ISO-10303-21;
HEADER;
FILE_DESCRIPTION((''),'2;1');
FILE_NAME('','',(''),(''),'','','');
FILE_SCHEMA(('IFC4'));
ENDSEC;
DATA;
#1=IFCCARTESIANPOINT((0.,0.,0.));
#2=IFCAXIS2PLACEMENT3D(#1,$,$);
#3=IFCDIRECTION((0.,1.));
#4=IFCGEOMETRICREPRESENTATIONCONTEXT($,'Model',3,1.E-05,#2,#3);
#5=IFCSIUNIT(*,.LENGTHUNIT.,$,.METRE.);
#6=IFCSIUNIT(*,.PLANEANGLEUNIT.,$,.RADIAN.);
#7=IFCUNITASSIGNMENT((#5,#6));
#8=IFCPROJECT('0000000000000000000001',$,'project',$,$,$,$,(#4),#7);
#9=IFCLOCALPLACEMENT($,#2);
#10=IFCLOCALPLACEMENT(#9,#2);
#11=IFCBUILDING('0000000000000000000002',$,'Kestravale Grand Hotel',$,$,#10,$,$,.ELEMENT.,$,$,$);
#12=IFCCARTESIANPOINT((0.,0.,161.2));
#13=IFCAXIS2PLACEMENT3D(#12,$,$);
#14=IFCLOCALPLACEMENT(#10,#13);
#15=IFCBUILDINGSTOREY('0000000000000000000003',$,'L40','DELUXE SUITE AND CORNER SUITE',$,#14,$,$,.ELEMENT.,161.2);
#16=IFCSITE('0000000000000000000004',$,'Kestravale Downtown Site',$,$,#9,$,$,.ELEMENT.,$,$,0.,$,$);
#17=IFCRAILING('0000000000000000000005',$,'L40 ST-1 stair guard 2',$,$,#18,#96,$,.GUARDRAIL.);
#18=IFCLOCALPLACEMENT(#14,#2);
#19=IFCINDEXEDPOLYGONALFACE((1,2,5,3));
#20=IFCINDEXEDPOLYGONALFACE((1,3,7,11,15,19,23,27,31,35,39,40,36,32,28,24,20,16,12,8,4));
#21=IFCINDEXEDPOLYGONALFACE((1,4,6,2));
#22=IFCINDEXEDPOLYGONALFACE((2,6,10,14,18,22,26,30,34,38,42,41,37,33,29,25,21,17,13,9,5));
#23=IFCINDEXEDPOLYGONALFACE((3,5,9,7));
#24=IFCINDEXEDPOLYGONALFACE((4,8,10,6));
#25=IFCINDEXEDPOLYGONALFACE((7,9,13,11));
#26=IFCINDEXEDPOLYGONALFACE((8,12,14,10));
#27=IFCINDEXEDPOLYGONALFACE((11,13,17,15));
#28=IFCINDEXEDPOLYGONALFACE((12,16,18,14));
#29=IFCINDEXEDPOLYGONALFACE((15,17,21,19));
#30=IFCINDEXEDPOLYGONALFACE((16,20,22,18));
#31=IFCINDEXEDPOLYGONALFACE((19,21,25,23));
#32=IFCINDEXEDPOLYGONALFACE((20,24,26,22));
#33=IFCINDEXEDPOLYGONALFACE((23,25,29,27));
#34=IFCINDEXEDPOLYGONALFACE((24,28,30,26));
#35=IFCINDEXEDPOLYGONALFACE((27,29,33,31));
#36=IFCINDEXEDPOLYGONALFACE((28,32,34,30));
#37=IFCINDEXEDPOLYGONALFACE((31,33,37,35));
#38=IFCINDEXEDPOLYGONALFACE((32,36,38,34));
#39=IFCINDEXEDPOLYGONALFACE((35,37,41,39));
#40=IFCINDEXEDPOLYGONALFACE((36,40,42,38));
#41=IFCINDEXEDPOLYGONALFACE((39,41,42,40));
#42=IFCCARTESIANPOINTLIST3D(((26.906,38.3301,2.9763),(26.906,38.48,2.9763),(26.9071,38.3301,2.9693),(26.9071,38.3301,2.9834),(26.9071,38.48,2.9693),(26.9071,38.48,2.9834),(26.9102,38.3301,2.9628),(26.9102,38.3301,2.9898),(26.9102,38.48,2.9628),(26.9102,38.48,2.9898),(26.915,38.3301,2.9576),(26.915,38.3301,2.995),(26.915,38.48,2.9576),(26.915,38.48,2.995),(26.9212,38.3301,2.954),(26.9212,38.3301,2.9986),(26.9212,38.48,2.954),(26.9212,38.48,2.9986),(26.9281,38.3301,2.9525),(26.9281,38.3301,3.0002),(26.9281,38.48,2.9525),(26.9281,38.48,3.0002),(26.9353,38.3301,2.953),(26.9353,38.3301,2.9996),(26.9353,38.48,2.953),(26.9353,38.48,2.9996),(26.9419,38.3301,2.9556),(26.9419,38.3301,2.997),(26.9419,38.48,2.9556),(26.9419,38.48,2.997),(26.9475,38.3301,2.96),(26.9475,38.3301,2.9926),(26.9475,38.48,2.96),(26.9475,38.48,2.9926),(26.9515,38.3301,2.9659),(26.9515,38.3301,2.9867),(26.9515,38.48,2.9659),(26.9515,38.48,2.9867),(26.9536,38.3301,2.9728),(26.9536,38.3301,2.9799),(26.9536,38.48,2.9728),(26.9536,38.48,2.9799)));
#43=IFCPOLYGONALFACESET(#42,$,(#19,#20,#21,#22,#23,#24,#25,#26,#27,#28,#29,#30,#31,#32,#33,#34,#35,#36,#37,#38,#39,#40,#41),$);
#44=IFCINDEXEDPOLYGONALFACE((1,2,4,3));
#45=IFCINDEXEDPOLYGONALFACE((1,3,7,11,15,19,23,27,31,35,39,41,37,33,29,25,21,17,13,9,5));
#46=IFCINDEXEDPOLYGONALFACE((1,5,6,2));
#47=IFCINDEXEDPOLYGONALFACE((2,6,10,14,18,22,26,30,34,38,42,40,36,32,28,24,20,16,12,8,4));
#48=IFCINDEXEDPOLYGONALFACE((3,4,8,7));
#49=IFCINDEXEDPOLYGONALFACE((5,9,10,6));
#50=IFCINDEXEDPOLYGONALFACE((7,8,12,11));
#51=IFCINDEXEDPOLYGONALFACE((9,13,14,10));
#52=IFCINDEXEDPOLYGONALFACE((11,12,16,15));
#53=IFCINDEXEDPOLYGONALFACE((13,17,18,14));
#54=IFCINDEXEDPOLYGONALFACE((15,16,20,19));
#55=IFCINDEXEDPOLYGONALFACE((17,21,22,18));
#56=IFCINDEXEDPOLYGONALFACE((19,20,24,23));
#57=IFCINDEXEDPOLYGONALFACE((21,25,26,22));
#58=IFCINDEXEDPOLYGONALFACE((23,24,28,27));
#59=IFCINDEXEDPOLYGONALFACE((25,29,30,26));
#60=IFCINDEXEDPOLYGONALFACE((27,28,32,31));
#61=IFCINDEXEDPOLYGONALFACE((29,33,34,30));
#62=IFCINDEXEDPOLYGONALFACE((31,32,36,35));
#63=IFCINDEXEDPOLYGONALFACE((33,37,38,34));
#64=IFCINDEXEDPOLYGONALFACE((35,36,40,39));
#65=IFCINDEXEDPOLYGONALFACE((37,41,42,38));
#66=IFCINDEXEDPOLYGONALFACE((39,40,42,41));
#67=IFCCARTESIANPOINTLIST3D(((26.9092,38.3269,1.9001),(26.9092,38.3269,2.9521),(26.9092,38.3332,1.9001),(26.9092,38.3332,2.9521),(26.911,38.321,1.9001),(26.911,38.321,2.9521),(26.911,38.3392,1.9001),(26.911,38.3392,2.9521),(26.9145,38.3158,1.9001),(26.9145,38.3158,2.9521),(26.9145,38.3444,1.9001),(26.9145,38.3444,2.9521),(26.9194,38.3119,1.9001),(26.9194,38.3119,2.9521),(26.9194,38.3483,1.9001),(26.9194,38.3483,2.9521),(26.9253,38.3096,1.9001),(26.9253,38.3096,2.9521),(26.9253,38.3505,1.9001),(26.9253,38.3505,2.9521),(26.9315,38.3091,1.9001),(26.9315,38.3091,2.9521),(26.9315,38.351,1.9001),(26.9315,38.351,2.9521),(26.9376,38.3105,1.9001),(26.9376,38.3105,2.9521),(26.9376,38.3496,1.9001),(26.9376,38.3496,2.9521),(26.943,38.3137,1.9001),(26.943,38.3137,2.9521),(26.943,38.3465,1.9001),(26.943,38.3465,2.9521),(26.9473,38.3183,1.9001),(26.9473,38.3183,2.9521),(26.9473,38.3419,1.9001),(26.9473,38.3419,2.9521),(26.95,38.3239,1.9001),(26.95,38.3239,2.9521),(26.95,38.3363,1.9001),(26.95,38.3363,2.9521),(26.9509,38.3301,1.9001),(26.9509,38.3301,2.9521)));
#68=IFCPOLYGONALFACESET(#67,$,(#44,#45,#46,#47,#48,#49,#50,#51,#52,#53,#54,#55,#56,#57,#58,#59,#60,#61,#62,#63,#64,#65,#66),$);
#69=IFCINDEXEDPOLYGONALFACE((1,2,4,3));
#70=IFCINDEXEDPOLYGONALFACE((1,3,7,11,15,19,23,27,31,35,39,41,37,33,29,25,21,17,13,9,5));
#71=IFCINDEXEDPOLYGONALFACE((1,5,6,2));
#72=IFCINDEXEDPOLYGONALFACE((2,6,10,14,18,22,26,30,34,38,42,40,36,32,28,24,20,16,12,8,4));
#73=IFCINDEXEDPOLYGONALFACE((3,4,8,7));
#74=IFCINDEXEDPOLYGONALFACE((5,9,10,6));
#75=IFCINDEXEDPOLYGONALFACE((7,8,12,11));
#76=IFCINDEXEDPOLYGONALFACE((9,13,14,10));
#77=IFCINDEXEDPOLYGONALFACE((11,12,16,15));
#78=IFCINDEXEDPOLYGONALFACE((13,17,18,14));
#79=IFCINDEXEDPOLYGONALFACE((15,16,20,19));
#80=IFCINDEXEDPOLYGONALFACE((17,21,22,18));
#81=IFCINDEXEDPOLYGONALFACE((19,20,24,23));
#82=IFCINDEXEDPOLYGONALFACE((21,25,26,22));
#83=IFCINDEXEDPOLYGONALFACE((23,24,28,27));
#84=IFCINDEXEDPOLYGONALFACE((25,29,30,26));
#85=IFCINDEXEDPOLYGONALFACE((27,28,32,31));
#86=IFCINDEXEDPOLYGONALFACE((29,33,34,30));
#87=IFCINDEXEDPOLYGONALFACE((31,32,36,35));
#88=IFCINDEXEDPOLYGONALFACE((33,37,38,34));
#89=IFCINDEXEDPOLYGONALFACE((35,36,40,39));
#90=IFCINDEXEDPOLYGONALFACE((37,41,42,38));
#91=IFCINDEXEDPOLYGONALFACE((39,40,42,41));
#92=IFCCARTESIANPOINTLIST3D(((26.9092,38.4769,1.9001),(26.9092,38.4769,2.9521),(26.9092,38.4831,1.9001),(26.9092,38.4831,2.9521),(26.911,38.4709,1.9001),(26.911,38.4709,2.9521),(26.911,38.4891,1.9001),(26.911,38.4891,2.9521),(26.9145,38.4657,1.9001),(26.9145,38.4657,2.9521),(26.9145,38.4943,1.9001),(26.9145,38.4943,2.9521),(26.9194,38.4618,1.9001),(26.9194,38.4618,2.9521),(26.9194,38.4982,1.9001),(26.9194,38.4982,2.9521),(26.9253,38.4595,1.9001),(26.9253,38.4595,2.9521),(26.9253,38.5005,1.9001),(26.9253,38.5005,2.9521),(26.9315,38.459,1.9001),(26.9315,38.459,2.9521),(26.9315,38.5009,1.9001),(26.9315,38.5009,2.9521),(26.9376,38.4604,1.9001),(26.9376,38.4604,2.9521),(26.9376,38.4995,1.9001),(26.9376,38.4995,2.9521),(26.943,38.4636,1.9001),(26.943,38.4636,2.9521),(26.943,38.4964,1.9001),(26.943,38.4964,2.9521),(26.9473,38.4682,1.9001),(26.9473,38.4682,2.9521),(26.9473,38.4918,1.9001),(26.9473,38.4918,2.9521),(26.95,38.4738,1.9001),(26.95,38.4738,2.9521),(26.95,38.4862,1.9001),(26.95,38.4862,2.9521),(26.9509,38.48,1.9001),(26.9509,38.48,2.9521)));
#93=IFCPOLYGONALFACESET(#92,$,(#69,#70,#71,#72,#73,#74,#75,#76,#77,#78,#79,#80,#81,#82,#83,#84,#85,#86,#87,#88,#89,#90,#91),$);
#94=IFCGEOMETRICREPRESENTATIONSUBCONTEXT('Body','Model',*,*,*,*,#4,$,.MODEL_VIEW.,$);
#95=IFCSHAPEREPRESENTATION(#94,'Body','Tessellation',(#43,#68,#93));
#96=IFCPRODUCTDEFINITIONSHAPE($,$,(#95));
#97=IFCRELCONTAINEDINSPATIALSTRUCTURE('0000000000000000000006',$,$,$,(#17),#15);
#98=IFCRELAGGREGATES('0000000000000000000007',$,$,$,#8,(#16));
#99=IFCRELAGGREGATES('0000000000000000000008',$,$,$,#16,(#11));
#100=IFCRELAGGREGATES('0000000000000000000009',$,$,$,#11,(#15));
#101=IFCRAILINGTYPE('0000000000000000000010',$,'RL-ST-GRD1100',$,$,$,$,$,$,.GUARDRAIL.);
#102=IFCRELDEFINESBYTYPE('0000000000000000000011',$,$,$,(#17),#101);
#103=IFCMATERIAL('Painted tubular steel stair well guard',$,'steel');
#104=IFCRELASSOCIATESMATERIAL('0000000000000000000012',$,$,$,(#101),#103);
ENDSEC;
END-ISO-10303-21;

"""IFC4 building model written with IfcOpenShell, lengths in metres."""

from ifc_helpers import new_model, si_unit, direction, frame, origin, origin_2d, place, context, subcontext, project, spatial, circle, extrude, material, type_object, element, save


model = new_model("IFC4")

# Units and contexts
model_context = context("Model", 3, precision=1e-05, world=origin(), true_north=direction((0.0, 1.0)))
body_context = subcontext(model_context, "Body", "Model", "MODEL_VIEW")
ifc_project = project(units=[si_unit("LENGTHUNIT", "METRE"), si_unit("PLANEANGLEUNIT", "RADIAN")], contexts=[model_context])

# Site, building, storey
site_placement = place(None, origin())
site = spatial("IfcSite", under=ifc_project, at=site_placement, Name="Kestravale Downtown Site", CompositionType="ELEMENT", RefElevation=0.0)
building_placement = place(site_placement, origin())
building = spatial("IfcBuilding", under=site, at=building_placement, Name="Kestravale Grand Hotel", CompositionType="ELEMENT")
storey_placement = place(building_placement, frame((0.0, 0.0, 161.2)))
storey = spatial("IfcBuildingStorey", under=building, at=storey_placement, Name="L40", Description="DELUXE SUITE AND CORNER SUITE", CompositionType="ELEMENT", Elevation=161.2)

# Railing
ifc_material_1 = material(Name="Painted tubular steel stair well guard", Category="steel")
railing_type_1 = type_object("IfcRailingType", Name="RL-ST-GRD1100", PredefinedType="GUARDRAIL", material=ifc_material_1)
railing_1_placement = place(storey_placement, frame((26.9299, 38.3301, 1.9001)))
element("IfcRailing", 1, at=railing_1_placement, inside=storey, type_object=railing_type_1, Name="L40 ST-1 stair guard 2", PredefinedType="GUARDRAIL", context=body_context, shape_type="SweptSolid", body=[
    extrude(circle(Radius=0.0239, at=origin_2d()), frame((0.0, 0.0, 1.0762), z_axis=(0.0, 1.0, 0.0), x_axis=(-1.0, 0.0, 0.0)), (0.0, 0.0, 1.0), 0.1499),
    extrude(circle(Radius=0.021, at=origin_2d()), origin(), (0.0, 0.0, 1.0), 1.052),
    extrude(circle(Radius=0.021, at=origin_2d()), frame((0.0, 0.1499, 0.0)), (0.0, 0.0, 1.0), 1.052),
])

save(model, "model.ifc")
